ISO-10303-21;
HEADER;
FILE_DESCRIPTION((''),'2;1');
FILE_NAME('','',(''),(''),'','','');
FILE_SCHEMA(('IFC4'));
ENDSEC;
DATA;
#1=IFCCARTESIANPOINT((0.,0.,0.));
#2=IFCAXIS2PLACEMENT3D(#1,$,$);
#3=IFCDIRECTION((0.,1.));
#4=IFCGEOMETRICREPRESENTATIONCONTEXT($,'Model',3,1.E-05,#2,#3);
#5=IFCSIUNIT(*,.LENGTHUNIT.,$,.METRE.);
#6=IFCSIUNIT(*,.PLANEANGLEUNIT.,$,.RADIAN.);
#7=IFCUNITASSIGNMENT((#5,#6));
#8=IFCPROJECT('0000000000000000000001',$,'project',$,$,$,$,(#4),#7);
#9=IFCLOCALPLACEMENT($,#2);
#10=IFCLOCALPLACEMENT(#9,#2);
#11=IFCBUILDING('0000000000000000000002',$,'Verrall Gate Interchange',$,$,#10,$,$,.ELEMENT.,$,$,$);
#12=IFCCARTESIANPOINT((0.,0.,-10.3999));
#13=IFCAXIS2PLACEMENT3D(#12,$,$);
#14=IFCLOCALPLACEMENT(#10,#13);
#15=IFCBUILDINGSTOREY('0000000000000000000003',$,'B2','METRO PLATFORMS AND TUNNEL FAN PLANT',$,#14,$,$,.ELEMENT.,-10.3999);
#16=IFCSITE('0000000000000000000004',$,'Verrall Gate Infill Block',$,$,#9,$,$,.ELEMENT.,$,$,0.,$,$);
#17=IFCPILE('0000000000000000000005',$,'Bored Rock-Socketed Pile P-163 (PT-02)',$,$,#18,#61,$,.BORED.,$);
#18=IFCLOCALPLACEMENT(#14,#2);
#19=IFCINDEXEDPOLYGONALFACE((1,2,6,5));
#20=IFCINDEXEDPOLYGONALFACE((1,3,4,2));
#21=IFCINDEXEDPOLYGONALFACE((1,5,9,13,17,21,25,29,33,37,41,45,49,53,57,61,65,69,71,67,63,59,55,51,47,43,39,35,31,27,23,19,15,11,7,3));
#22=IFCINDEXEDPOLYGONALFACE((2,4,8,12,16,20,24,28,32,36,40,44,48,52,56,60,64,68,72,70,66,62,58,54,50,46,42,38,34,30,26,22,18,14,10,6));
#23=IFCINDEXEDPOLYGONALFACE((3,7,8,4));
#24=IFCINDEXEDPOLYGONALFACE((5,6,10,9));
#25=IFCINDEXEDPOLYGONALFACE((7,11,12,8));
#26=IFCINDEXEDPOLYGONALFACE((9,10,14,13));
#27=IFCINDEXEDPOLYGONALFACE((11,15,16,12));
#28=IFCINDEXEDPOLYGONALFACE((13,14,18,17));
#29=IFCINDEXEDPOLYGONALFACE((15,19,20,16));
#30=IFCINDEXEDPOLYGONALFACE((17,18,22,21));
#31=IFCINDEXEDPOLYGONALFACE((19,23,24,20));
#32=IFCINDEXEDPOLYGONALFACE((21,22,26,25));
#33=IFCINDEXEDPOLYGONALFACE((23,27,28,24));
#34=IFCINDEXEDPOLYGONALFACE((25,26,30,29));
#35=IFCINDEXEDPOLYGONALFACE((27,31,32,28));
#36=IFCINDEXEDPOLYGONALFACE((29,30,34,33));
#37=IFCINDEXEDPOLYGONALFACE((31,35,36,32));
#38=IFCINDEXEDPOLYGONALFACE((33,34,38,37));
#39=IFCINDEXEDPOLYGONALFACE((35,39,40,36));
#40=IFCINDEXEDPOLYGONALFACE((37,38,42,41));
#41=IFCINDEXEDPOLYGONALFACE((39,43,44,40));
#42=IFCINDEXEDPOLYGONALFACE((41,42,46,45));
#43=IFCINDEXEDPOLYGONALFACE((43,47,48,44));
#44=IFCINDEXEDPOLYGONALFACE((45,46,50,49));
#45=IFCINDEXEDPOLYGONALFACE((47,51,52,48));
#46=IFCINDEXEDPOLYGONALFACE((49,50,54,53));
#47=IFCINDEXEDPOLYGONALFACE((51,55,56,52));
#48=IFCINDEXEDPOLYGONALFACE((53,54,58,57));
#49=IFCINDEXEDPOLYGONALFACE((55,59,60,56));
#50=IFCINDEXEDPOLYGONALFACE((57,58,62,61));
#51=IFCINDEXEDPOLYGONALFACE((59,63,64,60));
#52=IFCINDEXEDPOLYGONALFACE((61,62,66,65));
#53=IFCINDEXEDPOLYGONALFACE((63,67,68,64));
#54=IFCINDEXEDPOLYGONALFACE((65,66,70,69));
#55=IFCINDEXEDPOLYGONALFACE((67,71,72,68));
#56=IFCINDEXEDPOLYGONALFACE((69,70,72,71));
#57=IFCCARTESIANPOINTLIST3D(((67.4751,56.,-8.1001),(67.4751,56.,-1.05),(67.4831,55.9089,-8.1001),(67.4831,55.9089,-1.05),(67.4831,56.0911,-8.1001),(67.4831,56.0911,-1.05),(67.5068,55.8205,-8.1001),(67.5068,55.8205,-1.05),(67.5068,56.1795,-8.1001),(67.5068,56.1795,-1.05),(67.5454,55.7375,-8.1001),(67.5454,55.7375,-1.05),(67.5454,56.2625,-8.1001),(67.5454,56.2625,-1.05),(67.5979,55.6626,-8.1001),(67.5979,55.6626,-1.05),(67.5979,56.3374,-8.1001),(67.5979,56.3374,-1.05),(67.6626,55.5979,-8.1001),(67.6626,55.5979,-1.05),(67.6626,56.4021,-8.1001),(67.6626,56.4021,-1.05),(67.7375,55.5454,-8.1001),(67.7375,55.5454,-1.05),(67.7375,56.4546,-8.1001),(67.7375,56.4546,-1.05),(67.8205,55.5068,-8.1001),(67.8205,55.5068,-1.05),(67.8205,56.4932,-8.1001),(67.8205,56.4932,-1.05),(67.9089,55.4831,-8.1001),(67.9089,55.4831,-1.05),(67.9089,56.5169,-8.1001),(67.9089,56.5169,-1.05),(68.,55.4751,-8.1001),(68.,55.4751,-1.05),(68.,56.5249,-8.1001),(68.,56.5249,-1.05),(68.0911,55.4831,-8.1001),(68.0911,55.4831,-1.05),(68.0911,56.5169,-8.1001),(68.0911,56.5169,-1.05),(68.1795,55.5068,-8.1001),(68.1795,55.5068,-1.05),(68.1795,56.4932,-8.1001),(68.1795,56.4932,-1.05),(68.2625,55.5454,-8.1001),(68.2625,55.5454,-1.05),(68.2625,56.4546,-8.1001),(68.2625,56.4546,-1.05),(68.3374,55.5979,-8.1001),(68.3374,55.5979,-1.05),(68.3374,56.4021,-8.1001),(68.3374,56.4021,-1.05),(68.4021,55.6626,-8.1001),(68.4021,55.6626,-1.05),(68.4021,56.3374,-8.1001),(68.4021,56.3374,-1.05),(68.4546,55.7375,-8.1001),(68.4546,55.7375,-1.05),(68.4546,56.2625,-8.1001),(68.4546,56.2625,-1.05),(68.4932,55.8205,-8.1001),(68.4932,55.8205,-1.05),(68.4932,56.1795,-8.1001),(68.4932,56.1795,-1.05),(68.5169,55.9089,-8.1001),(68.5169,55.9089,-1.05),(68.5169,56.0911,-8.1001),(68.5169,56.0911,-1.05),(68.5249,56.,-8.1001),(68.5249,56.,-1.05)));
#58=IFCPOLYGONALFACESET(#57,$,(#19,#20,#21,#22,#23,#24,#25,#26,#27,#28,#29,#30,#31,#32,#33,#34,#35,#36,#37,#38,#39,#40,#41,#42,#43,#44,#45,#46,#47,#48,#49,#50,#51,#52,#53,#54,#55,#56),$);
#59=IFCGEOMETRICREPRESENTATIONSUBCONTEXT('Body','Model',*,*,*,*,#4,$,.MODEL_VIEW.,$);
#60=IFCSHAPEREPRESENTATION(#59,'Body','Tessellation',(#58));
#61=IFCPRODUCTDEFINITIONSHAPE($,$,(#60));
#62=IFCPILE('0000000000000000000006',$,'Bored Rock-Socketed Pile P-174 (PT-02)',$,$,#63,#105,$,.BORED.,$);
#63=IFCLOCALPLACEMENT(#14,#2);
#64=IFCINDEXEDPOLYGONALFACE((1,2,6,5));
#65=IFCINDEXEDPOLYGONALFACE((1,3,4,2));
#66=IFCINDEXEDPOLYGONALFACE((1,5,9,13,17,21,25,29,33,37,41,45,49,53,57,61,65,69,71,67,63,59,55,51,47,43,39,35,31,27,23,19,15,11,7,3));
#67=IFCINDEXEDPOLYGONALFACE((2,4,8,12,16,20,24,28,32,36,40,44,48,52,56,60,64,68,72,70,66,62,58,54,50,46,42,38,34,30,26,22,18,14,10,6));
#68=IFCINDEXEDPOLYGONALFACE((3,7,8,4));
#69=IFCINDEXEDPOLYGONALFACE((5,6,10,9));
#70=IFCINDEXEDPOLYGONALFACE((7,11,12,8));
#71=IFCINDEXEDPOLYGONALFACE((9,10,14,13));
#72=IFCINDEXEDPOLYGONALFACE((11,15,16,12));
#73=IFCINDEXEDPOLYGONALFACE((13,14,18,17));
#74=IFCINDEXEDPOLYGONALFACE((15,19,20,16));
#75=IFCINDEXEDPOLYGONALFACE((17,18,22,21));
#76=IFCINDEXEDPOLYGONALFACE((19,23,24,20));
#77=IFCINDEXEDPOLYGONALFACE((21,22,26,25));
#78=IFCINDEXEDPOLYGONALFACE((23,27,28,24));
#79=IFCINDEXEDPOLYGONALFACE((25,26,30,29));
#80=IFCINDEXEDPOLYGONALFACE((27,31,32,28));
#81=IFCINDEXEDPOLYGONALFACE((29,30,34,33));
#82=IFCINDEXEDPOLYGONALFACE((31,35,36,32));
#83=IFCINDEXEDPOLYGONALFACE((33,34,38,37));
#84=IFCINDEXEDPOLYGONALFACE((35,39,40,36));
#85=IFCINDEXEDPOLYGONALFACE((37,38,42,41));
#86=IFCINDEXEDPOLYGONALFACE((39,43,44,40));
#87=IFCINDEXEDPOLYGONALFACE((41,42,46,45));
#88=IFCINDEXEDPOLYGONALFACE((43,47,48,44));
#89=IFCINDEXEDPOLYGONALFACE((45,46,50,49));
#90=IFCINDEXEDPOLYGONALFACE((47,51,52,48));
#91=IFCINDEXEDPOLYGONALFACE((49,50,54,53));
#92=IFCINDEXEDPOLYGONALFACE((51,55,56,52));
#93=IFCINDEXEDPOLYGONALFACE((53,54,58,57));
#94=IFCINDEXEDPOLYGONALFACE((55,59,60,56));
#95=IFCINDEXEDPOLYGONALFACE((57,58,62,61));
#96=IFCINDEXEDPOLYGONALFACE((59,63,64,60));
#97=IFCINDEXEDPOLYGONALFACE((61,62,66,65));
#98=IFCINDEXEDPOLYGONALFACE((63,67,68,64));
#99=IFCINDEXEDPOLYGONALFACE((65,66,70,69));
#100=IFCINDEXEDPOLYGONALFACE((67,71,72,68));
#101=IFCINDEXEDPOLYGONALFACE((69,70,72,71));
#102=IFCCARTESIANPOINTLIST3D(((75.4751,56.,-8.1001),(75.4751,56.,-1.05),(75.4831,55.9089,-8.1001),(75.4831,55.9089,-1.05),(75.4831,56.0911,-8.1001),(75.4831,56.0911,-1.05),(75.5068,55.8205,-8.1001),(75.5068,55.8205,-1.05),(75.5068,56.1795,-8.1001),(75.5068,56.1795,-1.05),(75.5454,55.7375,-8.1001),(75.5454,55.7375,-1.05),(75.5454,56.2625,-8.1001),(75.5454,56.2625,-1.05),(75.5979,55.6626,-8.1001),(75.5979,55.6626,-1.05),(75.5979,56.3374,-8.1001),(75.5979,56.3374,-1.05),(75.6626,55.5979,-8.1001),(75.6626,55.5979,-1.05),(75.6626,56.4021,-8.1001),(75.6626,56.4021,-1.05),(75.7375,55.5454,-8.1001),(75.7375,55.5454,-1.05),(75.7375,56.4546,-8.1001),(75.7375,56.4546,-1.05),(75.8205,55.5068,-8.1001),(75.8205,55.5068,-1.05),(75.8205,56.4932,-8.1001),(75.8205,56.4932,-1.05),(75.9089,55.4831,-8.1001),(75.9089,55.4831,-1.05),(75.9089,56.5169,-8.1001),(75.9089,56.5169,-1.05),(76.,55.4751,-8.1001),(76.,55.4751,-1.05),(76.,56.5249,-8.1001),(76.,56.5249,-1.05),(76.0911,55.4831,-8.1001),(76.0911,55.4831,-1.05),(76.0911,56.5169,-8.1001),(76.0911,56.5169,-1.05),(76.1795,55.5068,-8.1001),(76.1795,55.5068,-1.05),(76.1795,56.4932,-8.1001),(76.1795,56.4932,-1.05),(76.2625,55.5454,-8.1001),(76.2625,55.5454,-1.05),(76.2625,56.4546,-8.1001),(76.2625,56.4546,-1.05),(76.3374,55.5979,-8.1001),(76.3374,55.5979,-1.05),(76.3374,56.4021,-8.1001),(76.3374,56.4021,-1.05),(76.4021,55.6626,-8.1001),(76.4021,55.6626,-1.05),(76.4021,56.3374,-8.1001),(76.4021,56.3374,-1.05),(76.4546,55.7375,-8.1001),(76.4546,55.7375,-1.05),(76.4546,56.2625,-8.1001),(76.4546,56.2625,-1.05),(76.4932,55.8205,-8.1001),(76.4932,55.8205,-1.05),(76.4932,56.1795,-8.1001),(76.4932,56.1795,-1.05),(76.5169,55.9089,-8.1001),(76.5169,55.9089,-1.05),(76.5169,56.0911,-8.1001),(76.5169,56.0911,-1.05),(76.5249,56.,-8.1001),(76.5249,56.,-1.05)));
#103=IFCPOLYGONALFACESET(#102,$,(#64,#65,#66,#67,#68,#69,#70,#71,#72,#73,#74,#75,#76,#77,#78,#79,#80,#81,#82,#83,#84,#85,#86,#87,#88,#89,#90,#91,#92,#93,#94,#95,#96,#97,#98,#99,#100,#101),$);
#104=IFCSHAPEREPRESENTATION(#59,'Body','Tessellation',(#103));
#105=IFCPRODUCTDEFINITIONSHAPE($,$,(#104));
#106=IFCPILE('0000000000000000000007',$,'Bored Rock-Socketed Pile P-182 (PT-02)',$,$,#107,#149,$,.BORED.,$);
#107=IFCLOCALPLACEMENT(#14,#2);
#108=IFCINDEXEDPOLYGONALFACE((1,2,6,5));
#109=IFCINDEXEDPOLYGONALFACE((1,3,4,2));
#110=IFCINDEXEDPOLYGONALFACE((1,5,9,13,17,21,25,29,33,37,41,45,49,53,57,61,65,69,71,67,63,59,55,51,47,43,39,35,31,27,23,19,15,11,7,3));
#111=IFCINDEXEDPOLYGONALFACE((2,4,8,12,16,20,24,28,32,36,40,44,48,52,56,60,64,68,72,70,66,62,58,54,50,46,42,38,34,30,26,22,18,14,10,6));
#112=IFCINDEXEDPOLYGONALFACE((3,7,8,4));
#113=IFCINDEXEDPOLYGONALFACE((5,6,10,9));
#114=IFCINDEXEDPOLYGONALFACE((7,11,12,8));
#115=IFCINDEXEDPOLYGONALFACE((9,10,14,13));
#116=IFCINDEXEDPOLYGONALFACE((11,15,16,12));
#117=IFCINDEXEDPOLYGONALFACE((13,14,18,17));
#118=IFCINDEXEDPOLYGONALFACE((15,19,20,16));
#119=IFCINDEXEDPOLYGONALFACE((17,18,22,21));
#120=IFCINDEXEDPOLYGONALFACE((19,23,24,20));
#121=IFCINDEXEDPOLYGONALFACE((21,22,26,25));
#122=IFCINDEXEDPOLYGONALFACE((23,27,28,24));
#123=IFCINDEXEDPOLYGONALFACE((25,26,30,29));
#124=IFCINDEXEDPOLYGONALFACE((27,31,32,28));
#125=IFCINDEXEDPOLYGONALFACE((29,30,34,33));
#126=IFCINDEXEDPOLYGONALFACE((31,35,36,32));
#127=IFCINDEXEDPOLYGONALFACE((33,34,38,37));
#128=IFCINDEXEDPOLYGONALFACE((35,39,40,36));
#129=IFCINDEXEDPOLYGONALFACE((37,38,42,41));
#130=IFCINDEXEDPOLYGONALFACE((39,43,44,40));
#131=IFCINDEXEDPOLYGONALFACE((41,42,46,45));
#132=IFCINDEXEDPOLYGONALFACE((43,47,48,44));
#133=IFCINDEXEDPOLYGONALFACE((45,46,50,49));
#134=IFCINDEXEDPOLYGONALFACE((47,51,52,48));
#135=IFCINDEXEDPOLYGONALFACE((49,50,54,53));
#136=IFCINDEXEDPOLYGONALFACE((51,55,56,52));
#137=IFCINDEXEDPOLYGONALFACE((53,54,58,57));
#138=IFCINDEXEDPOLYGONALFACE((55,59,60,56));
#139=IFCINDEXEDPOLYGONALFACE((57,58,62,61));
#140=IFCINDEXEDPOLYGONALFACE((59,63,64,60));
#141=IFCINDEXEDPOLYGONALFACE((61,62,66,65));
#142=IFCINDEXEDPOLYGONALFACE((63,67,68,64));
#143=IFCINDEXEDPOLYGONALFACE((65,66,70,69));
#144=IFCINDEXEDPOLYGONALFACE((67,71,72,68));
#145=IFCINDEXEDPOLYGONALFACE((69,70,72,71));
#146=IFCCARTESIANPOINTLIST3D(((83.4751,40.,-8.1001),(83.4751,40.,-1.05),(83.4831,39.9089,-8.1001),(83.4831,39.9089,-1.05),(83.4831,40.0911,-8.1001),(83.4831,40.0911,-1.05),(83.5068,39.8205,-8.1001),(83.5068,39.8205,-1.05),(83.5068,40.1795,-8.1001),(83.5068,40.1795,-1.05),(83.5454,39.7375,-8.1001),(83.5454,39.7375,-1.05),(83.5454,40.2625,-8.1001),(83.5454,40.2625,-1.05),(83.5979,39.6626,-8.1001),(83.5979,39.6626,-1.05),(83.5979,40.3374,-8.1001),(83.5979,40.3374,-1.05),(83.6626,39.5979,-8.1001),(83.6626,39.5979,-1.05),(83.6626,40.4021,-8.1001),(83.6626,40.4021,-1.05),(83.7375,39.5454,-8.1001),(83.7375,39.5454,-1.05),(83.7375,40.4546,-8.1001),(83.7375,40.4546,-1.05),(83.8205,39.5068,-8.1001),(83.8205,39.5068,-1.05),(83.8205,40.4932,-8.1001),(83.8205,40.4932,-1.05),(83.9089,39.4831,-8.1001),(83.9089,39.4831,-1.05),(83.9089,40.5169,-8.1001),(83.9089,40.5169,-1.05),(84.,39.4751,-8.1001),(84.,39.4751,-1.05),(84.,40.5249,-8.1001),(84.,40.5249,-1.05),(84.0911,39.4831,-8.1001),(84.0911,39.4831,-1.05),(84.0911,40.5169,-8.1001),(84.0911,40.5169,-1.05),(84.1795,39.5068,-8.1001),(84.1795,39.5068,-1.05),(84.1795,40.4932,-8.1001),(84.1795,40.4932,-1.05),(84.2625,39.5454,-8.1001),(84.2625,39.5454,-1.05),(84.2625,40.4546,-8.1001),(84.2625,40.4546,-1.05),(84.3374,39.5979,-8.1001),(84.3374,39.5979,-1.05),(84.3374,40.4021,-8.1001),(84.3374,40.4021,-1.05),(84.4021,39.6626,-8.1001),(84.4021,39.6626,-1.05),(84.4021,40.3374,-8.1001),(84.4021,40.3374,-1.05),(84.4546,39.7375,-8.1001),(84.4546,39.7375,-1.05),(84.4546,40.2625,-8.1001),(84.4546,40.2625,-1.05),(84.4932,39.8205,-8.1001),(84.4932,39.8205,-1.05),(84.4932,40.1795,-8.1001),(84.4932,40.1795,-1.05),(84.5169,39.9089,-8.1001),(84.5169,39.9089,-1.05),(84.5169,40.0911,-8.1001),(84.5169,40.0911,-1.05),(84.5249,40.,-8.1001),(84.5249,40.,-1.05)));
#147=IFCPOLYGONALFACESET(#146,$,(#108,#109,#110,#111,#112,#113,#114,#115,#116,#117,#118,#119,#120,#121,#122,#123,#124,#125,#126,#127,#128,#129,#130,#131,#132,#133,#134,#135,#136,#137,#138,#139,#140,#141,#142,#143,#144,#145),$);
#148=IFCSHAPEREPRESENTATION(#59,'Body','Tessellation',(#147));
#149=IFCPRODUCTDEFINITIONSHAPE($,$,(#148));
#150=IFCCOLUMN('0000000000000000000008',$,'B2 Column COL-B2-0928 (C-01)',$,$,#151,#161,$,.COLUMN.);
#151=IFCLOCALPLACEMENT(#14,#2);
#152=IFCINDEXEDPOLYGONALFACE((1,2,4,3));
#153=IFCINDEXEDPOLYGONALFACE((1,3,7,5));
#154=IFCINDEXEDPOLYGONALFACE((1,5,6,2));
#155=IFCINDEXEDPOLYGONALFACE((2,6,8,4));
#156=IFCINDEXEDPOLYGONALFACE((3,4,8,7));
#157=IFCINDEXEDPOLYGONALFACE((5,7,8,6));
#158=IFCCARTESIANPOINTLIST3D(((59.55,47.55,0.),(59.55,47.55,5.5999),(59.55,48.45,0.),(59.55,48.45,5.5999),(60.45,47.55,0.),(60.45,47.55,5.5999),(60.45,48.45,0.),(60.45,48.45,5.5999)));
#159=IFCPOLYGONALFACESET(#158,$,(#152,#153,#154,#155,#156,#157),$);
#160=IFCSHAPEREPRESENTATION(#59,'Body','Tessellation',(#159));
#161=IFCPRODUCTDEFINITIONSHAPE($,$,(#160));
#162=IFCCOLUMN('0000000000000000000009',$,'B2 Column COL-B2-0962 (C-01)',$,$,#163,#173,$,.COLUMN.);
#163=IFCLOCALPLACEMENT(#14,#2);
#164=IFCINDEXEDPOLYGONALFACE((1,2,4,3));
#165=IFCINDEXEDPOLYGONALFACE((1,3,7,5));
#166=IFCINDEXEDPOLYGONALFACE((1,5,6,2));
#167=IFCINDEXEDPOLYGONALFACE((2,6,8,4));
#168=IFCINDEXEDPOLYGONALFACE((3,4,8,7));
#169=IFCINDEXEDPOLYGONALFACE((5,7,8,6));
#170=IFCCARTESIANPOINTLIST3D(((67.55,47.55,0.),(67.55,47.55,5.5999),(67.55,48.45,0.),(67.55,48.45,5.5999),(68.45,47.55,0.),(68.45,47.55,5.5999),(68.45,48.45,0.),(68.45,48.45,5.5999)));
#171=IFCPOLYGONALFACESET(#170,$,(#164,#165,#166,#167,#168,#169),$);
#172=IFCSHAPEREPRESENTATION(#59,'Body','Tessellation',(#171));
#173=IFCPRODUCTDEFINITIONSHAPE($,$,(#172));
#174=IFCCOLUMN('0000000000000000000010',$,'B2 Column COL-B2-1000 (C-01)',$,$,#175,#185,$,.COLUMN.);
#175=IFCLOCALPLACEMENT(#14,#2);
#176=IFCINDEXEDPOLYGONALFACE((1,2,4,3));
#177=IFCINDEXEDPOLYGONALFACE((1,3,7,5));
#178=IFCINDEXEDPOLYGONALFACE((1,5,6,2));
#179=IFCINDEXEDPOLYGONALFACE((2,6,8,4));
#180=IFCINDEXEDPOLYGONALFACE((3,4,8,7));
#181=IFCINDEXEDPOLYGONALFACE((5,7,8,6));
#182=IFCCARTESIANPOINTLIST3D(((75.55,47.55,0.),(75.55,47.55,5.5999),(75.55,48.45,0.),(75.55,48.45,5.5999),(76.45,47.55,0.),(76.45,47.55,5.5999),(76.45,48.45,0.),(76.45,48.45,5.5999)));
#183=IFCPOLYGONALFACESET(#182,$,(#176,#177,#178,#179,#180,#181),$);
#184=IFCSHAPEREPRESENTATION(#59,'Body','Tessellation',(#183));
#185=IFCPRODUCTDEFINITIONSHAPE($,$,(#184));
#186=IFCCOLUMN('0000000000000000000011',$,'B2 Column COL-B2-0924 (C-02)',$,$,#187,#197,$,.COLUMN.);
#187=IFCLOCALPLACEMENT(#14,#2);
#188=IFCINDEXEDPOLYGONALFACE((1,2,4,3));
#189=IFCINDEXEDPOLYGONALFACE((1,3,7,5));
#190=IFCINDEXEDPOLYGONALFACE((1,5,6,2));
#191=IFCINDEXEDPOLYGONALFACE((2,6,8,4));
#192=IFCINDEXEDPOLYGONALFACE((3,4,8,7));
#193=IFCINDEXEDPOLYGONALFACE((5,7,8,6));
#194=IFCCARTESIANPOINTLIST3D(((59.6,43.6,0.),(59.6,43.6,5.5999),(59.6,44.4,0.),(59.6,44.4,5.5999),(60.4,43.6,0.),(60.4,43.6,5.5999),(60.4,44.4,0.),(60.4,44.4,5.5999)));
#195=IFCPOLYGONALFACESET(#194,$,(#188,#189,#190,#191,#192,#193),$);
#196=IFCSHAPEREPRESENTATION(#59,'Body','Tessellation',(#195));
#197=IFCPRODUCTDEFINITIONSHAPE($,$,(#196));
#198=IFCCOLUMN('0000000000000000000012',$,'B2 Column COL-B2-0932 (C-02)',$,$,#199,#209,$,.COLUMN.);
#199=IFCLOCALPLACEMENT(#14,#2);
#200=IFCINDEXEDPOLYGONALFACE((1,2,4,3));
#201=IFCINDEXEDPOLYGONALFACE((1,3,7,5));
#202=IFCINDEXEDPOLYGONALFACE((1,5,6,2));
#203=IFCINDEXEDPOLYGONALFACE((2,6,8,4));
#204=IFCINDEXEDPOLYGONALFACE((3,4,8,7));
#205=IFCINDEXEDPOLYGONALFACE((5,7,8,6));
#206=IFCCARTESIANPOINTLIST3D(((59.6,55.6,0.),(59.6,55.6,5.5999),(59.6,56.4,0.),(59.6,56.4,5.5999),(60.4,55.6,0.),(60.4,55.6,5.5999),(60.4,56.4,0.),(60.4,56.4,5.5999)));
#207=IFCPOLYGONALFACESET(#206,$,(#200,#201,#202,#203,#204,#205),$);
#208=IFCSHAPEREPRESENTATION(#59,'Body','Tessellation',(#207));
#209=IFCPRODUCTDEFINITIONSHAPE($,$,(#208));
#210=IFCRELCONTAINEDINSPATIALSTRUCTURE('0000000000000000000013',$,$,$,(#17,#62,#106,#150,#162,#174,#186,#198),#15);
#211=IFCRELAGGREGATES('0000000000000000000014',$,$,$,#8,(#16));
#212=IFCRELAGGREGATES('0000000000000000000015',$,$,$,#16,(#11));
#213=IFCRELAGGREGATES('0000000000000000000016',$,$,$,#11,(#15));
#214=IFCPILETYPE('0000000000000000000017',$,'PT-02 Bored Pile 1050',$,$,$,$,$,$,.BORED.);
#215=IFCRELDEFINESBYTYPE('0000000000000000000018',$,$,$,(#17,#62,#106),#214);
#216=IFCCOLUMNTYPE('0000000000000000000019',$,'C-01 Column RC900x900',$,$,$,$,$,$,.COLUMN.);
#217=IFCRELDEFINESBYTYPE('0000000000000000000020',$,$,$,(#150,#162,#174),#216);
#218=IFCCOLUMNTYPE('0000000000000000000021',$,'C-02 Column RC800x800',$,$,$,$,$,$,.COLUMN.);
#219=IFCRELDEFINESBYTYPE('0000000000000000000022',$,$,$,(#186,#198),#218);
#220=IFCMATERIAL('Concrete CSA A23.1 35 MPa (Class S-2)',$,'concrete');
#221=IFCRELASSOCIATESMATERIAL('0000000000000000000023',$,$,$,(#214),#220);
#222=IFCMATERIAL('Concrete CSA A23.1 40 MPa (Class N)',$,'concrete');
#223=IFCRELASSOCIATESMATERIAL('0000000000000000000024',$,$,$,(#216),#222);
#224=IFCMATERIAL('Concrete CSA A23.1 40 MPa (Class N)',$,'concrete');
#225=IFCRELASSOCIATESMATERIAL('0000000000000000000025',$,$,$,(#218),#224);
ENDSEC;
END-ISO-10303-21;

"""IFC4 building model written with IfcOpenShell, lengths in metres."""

from ifc_helpers import new_model, si_unit, direction, frame, origin, origin_2d, place, context, subcontext, project, spatial, rectangle, circle, extrude, material, material_profile, profile_set, type_object, element, save


model = new_model("IFC4")

# Units and contexts
model_context = context("Model", 3, precision=1e-05, world=origin(), true_north=direction((0.0, 1.0)))
body_context = subcontext(model_context, "Body", "Model", "MODEL_VIEW")
ifc_project = project(units=[si_unit("LENGTHUNIT", "METRE"), si_unit("PLANEANGLEUNIT", "RADIAN")], contexts=[model_context])

# Site, building, storey
site_placement = place(None, origin())
site = spatial("IfcSite", under=ifc_project, at=site_placement, Name="Verrall Gate Infill Block", CompositionType="ELEMENT", RefElevation=0.0)
building_placement = place(site_placement, origin())
building = spatial("IfcBuilding", under=site, at=building_placement, Name="Verrall Gate Interchange", CompositionType="ELEMENT")
storey_placement = place(building_placement, frame((0.0, 0.0, -10.3999)))
storey = spatial("IfcBuildingStorey", under=building, at=storey_placement, Name="B2", Description="METRO PLATFORMS AND TUNNEL FAN PLANT", CompositionType="ELEMENT", Elevation=-10.3999)

# Piles
ifc_material_1 = material(Name="Concrete CSA A23.1 35 MPa (Class S-2)", Category="concrete")
ifc_material_profile_1 = material_profile(ifc_material_1, circle(Radius=0.5249, at=origin_2d()), Name="PILE1050D")
ifc_profile_set_1 = profile_set([ifc_material_profile_1], Name="Concrete CSA A23.1 35 MPa (Class S-2)")
pile_type_1 = type_object("IfcPileType", Name="PT-02 Bored Pile 1050", PredefinedType="BORED", material=ifc_profile_set_1)
for number, where, z_axis, x_axis, name in (
    (1, (68.0, 56.0, -1.05), (0.0, 0.0, -1.0), (1.0, 0.0, 0.0), "Bored Rock-Socketed Pile P-163 (PT-02)"),
    (2, (76.0, 56.0, -1.05), (0.0, 0.0, -1.0), (1.0, 0.0, 0.0), "Bored Rock-Socketed Pile P-174 (PT-02)"),
    (3, (84.0, 40.0, -1.05), (0.0, 0.0, -1.0), (1.0, 0.0, 0.0), "Bored Rock-Socketed Pile P-182 (PT-02)"),
):
    element("IfcPile", number, at=place(storey_placement, frame(where, z_axis=z_axis, x_axis=x_axis)), inside=storey, type_object=pile_type_1, Name=name, PredefinedType="BORED", context=body_context, shape_type="SweptSolid", body=[
        extrude(circle(Radius=0.5249, at=origin_2d()), origin(), (0.0, 0.0, 1.0), 7.05),
    ])

# Columns
ifc_material_2 = material(Name="Concrete CSA A23.1 40 MPa (Class N)", Category="concrete")
ifc_material_profile_2 = material_profile(ifc_material_2, rectangle(XDim=0.8999, YDim=0.8999, at=origin_2d()), Name="RC900x900")
ifc_profile_set_2 = profile_set([ifc_material_profile_2], Name="Concrete CSA A23.1 40 MPa (Class N)")
column_type_1 = type_object("IfcColumnType", Name="C-01 Column RC900x900", PredefinedType="COLUMN", material=ifc_profile_set_2)
for number, where, z_axis, x_axis, name in (
    (4, (60.0, 48.0, 0.0), (0.0, 0.0, 1.0), (1.0, 0.0, 0.0), "B2 Column COL-B2-0928 (C-01)"),
    (5, (68.0, 48.0, 0.0), (0.0, 0.0, 1.0), (1.0, 0.0, 0.0), "B2 Column COL-B2-0962 (C-01)"),
    (6, (76.0, 48.0, 0.0), (0.0, 0.0, 1.0), (1.0, 0.0, 0.0), "B2 Column COL-B2-1000 (C-01)"),
):
    element("IfcColumn", number, at=place(storey_placement, frame(where, z_axis=z_axis, x_axis=x_axis)), inside=storey, type_object=column_type_1, Name=name, PredefinedType="COLUMN", context=body_context, shape_type="SweptSolid", body=[
        extrude(rectangle(XDim=0.8999, YDim=0.8999, at=origin_2d()), origin(), (0.0, 0.0, 1.0), 5.5999),
    ])
ifc_material_3 = material(Name="Concrete CSA A23.1 40 MPa (Class N)", Category="concrete")
ifc_material_profile_3 = material_profile(ifc_material_3, rectangle(XDim=0.8, YDim=0.8, at=origin_2d()), Name="RC800x800")
ifc_profile_set_3 = profile_set([ifc_material_profile_3], Name="Concrete CSA A23.1 40 MPa (Class N)")
column_type_2 = type_object("IfcColumnType", Name="C-02 Column RC800x800", PredefinedType="COLUMN", material=ifc_profile_set_3)
for number, where, z_axis, x_axis, name in (
    (7, (60.0, 44.0, 0.0), (0.0, 0.0, 1.0), (1.0, 0.0, 0.0), "B2 Column COL-B2-0924 (C-02)"),
    (8, (60.0, 56.0, 0.0), (0.0, 0.0, 1.0), (1.0, 0.0, 0.0), "B2 Column COL-B2-0932 (C-02)"),
):
    element("IfcColumn", number, at=place(storey_placement, frame(where, z_axis=z_axis, x_axis=x_axis)), inside=storey, type_object=column_type_2, Name=name, PredefinedType="COLUMN", context=body_context, shape_type="SweptSolid", body=[
        extrude(rectangle(XDim=0.8, YDim=0.8, at=origin_2d()), origin(), (0.0, 0.0, 1.0), 5.5999),
    ])

save(model, "model.ifc")
